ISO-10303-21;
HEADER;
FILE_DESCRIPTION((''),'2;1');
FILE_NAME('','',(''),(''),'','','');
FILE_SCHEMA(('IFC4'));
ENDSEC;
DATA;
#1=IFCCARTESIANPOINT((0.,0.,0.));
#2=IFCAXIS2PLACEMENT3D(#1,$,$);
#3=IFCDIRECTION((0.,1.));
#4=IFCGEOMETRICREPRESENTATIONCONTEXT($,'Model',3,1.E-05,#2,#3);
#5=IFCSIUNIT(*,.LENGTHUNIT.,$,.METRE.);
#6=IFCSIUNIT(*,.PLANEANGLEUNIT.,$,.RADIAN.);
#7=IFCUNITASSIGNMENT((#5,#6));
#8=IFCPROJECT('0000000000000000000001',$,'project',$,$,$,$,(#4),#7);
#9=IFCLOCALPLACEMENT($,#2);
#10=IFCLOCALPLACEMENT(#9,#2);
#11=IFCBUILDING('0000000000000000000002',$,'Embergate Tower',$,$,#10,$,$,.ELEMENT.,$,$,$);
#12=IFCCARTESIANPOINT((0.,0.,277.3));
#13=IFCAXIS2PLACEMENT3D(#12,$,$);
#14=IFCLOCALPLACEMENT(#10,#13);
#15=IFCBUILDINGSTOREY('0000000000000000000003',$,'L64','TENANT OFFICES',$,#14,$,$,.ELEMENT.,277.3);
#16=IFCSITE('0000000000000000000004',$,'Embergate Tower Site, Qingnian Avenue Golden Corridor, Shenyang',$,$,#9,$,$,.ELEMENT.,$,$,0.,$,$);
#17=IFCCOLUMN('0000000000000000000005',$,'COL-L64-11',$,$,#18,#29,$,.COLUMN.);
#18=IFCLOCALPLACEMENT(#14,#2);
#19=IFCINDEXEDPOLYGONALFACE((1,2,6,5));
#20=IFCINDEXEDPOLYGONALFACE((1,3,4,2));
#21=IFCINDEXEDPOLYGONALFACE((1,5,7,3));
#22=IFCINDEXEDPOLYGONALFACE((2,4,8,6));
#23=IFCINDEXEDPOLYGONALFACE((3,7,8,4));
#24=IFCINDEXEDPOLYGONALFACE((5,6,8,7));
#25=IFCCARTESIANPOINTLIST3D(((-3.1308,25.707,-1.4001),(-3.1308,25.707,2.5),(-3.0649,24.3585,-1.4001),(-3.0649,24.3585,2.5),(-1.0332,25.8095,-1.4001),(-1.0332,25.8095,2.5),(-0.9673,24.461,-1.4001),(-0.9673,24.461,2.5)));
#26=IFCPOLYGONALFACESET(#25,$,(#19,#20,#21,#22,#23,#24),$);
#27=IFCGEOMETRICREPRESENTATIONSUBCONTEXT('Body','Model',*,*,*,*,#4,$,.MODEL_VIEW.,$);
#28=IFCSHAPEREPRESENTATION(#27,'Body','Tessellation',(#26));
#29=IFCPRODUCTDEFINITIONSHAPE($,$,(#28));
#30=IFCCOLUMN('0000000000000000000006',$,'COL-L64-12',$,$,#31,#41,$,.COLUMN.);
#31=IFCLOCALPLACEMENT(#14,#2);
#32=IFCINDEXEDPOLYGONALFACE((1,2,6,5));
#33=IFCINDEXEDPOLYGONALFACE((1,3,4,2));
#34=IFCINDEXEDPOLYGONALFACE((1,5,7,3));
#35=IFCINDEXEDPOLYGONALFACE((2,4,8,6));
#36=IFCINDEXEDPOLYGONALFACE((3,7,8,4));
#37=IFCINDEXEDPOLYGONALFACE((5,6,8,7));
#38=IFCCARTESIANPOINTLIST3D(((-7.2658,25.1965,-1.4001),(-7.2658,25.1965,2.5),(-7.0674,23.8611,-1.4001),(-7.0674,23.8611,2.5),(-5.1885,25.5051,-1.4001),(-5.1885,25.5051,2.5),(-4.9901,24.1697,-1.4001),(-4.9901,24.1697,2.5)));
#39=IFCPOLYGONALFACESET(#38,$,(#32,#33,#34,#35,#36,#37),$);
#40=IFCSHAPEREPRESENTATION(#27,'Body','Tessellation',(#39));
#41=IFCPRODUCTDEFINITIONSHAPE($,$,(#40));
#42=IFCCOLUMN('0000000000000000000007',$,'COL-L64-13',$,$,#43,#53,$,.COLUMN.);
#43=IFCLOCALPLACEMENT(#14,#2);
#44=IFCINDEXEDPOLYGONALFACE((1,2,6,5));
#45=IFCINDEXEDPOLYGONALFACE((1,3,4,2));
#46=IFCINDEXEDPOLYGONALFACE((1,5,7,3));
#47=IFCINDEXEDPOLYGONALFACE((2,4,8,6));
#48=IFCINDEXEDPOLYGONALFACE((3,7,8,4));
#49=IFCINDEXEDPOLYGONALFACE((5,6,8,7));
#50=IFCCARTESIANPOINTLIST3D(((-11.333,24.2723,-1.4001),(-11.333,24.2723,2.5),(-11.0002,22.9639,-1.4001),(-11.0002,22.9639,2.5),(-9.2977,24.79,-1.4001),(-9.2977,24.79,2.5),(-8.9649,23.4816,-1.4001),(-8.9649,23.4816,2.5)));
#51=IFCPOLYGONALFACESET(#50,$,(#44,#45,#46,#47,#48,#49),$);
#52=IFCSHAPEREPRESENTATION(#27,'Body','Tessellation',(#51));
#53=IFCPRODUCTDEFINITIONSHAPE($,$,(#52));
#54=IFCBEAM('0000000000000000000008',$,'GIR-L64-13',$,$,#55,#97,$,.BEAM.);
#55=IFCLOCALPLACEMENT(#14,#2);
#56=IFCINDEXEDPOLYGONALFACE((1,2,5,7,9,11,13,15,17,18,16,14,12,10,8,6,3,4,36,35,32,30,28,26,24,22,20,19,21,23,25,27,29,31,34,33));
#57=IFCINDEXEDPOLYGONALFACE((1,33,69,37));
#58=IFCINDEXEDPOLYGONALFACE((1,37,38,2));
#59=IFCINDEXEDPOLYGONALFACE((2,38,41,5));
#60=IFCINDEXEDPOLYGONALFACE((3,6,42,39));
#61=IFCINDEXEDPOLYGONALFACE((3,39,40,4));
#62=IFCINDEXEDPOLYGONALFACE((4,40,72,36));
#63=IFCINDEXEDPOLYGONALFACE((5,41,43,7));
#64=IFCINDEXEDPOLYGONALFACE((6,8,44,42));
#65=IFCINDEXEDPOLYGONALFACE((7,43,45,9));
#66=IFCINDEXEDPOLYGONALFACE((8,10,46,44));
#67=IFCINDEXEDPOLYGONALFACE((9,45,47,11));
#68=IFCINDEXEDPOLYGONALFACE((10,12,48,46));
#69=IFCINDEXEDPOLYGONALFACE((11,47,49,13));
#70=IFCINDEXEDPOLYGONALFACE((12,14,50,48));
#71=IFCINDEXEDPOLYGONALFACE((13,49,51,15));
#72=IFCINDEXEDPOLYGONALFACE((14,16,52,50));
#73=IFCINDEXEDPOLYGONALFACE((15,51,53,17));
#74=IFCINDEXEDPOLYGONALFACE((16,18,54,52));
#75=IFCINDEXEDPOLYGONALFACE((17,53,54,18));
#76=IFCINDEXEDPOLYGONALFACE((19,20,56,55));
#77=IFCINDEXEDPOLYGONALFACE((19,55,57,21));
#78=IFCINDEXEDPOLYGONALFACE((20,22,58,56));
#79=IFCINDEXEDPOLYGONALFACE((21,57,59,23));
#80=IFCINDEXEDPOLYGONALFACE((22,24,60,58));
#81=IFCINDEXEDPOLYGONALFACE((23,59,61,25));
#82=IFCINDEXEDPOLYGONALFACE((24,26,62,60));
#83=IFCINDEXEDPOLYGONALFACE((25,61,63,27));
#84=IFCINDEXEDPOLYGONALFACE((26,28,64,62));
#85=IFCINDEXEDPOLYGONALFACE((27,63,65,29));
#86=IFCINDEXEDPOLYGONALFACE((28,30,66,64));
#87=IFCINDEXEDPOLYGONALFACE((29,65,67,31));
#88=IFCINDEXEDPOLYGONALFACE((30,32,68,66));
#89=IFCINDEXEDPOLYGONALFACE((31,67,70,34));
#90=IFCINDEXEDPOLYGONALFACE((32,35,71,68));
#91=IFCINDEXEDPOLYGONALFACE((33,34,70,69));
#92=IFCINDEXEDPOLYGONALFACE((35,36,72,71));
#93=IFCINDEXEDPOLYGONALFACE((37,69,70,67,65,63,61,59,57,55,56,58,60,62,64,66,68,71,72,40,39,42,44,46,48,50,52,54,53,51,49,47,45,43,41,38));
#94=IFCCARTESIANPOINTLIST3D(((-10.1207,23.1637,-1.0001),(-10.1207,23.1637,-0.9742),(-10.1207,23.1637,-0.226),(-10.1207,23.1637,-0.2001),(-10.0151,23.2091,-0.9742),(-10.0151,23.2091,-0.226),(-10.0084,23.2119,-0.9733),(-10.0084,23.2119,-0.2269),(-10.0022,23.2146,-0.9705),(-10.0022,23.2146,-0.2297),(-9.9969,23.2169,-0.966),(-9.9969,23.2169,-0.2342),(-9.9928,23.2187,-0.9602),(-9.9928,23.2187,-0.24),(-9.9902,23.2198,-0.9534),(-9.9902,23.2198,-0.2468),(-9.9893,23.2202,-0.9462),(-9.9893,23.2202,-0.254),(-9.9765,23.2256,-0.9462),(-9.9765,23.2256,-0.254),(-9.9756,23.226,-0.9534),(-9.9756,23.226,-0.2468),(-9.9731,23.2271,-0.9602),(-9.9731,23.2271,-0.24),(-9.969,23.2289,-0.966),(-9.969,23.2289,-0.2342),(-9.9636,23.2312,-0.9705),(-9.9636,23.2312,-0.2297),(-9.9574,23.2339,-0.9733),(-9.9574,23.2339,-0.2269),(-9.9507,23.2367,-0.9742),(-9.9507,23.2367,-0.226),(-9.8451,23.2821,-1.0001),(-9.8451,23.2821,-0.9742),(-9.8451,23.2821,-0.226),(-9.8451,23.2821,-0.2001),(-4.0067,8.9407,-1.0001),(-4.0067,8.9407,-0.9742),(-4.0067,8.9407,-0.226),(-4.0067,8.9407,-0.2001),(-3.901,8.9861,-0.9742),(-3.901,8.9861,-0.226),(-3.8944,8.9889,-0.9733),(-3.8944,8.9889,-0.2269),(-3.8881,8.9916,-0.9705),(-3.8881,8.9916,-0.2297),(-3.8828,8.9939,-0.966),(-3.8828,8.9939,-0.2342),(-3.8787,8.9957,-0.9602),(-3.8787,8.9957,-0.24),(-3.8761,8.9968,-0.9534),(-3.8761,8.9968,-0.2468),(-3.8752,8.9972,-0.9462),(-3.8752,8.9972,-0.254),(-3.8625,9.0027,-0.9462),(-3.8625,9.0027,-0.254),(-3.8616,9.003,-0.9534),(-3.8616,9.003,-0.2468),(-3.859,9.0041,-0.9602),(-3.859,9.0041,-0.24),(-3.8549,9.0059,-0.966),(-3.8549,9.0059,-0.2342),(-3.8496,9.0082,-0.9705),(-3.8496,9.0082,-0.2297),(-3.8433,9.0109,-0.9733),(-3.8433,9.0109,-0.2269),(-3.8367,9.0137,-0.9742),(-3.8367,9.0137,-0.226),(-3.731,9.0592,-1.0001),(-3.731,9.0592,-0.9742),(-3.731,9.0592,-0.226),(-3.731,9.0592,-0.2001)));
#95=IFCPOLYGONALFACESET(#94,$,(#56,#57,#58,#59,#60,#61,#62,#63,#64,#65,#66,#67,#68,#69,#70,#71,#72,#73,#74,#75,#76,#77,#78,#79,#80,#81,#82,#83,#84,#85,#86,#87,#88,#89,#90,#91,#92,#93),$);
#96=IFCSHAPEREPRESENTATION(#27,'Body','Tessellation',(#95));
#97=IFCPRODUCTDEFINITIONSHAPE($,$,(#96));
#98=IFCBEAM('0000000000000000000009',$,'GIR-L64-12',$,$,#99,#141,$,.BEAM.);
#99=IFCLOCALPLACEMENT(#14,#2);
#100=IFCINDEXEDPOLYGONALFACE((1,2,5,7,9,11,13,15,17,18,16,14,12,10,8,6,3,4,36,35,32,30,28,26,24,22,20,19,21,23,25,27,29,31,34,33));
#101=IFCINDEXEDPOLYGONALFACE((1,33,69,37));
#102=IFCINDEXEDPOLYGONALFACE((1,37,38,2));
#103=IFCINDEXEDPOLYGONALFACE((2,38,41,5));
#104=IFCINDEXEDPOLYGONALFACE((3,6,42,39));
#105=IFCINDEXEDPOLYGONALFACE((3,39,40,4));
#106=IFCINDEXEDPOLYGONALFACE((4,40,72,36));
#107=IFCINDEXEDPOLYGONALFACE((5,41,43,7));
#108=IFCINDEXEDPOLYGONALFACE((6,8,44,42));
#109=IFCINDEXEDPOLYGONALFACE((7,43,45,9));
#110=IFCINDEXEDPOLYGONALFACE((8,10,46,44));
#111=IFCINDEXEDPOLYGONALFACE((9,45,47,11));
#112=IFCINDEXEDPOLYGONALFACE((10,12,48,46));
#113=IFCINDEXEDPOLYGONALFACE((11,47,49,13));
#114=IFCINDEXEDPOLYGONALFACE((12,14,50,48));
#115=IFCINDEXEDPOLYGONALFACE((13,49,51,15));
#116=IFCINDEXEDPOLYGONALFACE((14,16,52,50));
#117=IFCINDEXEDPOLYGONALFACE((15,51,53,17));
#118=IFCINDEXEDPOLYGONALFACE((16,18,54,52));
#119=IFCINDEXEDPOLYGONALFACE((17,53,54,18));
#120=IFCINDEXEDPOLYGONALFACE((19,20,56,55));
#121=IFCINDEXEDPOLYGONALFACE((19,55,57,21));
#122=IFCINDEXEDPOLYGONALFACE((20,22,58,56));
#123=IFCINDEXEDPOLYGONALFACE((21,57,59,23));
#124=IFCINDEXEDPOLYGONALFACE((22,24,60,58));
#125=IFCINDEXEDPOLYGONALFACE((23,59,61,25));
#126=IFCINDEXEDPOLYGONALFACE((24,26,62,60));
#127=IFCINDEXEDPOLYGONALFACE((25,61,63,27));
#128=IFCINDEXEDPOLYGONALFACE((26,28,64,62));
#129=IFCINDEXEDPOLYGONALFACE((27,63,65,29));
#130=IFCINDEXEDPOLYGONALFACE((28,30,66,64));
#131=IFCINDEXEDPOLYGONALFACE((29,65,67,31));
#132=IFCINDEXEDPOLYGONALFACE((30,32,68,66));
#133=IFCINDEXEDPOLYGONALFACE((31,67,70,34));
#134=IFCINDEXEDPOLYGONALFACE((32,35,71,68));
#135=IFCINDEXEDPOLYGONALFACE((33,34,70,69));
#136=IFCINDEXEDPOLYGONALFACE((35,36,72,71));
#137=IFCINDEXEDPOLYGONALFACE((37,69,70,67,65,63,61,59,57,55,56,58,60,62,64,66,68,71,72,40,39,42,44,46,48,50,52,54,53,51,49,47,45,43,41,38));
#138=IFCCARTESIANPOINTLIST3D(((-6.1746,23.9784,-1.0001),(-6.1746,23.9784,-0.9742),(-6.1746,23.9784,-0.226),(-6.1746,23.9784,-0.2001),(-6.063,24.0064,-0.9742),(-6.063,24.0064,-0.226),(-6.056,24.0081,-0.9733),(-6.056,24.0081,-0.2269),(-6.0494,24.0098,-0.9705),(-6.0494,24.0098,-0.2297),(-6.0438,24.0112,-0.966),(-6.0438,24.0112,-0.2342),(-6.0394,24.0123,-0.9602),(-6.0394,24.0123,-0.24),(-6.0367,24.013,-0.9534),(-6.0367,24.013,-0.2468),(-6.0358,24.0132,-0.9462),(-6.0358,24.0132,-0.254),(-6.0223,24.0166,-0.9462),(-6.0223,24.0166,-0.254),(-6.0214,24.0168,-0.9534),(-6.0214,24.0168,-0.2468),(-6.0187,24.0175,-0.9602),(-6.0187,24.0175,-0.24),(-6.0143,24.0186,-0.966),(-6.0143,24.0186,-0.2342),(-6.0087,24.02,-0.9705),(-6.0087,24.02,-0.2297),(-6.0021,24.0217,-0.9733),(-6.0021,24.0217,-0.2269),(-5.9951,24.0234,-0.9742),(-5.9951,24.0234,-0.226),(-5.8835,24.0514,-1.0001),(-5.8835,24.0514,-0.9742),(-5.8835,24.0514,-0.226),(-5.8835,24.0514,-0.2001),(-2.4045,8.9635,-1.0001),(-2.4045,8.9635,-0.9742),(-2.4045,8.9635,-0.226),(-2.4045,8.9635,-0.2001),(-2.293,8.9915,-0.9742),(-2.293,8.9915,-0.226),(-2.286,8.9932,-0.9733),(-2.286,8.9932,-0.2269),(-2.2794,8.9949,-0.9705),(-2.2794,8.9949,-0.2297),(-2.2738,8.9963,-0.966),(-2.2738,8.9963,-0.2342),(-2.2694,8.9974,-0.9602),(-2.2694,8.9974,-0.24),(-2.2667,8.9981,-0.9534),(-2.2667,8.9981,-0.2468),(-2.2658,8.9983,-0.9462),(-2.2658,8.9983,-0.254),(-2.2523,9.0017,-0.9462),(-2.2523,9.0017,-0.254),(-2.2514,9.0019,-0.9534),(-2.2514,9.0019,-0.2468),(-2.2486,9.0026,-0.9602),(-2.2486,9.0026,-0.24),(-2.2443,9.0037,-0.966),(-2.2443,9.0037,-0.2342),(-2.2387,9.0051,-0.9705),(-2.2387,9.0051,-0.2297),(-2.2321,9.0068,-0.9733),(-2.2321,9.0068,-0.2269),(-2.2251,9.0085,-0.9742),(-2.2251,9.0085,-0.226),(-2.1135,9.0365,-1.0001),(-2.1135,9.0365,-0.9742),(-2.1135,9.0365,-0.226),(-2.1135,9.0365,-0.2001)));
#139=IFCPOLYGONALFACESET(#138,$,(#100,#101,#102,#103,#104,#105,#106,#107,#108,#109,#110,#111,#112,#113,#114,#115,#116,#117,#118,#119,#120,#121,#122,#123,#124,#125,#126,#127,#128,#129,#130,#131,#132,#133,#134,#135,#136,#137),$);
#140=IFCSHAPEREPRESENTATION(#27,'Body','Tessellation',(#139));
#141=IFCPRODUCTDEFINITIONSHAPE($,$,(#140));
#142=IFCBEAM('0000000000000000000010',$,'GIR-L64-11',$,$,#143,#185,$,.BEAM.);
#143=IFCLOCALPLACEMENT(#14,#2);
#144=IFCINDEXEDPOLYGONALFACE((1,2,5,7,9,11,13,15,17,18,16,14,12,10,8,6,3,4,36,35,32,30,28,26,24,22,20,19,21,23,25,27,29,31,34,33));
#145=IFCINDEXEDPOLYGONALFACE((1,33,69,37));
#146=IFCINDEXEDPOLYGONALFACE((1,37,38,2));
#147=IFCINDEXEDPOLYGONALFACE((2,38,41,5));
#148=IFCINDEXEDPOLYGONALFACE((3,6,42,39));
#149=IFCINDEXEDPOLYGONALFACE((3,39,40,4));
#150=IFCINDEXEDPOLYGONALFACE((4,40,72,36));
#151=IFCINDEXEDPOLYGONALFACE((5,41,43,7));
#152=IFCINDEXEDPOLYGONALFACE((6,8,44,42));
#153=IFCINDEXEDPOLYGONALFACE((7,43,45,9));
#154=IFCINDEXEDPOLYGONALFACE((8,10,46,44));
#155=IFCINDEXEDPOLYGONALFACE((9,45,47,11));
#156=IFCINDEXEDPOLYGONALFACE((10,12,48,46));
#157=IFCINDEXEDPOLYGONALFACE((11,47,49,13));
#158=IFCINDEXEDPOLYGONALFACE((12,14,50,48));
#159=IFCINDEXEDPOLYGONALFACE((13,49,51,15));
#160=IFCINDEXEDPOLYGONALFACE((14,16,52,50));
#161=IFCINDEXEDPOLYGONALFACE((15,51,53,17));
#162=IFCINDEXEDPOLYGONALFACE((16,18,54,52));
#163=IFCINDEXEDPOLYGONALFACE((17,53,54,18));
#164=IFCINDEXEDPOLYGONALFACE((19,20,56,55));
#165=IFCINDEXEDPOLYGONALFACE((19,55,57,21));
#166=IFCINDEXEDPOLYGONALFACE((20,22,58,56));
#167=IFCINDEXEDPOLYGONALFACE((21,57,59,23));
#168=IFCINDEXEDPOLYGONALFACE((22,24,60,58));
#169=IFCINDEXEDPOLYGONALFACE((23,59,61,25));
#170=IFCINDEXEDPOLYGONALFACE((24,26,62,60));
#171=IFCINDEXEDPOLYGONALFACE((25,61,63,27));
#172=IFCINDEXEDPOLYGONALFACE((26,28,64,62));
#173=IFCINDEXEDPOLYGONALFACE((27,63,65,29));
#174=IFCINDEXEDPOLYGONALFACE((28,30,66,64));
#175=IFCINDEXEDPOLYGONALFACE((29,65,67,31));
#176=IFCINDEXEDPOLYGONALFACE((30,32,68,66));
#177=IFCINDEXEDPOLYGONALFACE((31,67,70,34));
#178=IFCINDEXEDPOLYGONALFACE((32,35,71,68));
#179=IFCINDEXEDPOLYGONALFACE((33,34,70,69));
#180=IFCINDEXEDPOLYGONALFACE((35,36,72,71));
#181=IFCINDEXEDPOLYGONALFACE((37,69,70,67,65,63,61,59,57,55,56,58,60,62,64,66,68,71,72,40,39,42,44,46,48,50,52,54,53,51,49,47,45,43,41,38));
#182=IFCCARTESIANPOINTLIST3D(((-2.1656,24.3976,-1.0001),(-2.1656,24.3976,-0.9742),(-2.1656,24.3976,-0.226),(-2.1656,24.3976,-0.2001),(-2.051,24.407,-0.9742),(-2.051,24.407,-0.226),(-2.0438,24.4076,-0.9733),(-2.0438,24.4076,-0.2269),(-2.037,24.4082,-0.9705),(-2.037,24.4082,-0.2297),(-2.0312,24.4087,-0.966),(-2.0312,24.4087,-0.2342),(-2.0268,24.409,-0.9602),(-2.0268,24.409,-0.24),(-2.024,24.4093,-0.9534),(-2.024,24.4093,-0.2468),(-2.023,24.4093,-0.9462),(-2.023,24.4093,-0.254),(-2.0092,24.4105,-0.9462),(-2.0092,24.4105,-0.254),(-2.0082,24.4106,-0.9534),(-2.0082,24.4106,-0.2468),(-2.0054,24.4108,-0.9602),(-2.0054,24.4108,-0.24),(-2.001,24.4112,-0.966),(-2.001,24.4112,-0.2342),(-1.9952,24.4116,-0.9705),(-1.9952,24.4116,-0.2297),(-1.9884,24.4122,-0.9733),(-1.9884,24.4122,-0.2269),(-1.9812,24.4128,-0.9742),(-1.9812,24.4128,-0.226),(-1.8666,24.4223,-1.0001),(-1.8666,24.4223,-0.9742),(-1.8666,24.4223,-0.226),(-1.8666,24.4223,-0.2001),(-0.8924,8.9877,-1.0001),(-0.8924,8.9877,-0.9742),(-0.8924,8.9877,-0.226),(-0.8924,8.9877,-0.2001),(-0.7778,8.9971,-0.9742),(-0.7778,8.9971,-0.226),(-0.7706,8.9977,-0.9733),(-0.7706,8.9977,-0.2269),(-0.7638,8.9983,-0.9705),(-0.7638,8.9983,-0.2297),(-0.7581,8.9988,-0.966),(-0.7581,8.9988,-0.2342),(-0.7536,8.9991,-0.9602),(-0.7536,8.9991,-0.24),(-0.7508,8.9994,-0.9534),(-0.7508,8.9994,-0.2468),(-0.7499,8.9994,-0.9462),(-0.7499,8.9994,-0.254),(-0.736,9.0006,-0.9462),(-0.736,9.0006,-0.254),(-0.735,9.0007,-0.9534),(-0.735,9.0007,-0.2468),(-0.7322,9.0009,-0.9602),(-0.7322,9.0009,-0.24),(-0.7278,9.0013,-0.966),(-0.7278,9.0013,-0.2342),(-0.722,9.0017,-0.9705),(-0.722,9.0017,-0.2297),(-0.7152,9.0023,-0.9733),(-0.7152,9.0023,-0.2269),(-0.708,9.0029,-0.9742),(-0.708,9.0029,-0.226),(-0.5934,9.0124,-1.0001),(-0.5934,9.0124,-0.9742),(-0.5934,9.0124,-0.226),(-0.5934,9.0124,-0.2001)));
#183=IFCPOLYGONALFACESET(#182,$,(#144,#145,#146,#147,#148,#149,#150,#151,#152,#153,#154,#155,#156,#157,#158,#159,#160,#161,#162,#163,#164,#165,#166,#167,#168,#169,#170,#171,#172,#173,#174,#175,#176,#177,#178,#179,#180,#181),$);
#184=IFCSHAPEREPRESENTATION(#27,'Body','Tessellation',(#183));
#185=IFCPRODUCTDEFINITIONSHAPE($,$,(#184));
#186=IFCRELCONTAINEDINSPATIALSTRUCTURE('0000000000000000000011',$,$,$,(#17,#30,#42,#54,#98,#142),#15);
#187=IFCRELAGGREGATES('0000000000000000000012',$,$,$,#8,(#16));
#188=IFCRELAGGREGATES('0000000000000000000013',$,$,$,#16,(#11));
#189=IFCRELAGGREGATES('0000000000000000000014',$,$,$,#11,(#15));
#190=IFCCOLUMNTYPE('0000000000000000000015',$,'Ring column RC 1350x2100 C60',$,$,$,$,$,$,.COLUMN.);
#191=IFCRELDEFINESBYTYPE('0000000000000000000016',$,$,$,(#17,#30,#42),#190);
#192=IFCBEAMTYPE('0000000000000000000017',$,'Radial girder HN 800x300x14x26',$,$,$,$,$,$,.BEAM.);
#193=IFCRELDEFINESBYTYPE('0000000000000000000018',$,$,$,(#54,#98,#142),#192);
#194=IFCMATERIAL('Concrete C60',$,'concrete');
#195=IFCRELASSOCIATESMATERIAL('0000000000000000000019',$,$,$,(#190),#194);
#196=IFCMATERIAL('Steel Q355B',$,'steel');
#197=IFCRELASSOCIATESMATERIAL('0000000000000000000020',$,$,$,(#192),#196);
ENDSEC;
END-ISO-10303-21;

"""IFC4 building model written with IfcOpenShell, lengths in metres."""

from ifc_helpers import new_model, si_unit, direction, frame, origin, origin_2d, place, context, subcontext, project, spatial, rectangle, i_section, extrude, source, transform, mapped, material, material_profile, profile_set, type_object, element, save


model = new_model("IFC4")

# Units and contexts
model_context = context("Model", 3, precision=1e-05, world=origin(), true_north=direction((0.0, 1.0)))
body_context = subcontext(model_context, "Body", "Model", "MODEL_VIEW")
ifc_project = project(units=[si_unit("LENGTHUNIT", "METRE"), si_unit("PLANEANGLEUNIT", "RADIAN")], contexts=[model_context])

# Site, building, storey
site_placement = place(None, origin())
site = spatial("IfcSite", under=ifc_project, at=site_placement, Name="Embergate Tower Site, Qingnian Avenue Golden Corridor, Shenyang", CompositionType="ELEMENT", RefElevation=0.0)
building_placement = place(site_placement, origin())
building = spatial("IfcBuilding", under=site, at=building_placement, Name="Embergate Tower", CompositionType="ELEMENT")
storey_placement = place(building_placement, frame((0.0, 0.0, 277.3)))
storey = spatial("IfcBuildingStorey", under=building, at=storey_placement, Name="L64", Description="TENANT OFFICES", CompositionType="ELEMENT", Elevation=277.3)

# Columns
ifc_material_1 = material(Name="Concrete C60", Category="concrete")
ifc_material_profile_1 = material_profile(ifc_material_1, rectangle(XDim=1.3501, YDim=2.1001, at=origin_2d()), Name="RC 1350x2100")
ifc_profile_set_1 = profile_set([ifc_material_profile_1], Name="Concrete C60")
column_type = type_object("IfcColumnType", Name="Ring column RC 1350x2100 C60", PredefinedType="COLUMN", material=ifc_profile_set_1)
shared_shape_1 = source(origin(), body_context, "Body", "SweptSolid", [
    extrude(rectangle(XDim=1.3501, YDim=2.1001, at=origin_2d()), origin(), (0.0, 0.0, 1.0), 3.9001),
])
for number, where, z_axis, x_axis, name in (
    (1, (-2.0491, 25.084, -1.4001), (0.0, 0.0, 1.0), (-0.048815, 0.998808, 0.0), "COL-L64-11"),
    (2, (-6.1279, 24.6831, -1.4001), (0.0, 0.0, 1.0), (-0.146929, 0.989147, 0.0), "COL-L64-12"),
    (3, (-10.1489, 23.877, -1.4001), (0.0, 0.0, 1.0), (-0.246492, 0.969145, 0.0), "COL-L64-13"),
):
    element("IfcColumn", number, at=place(storey_placement, frame(where, z_axis=z_axis, x_axis=x_axis)), inside=storey, type_object=column_type, Name=name, PredefinedType="COLUMN", context=body_context, shape_type="MappedRepresentation", body=[
        mapped(shared_shape_1, transform((0.0, 0.0, 0.0))),
    ])

# Beams
ifc_material_2 = material(Name="Steel Q355B", Category="steel")
ifc_material_profile_2 = material_profile(ifc_material_2, i_section(OverallWidth=0.3, OverallDepth=0.8, WebThickness=0.0139, FlangeThickness=0.0259, FilletRadius=0.0281, at=origin_2d()), Name="HN 800x300x14x26")
ifc_profile_set_2 = profile_set([ifc_material_profile_2], Name="Steel Q355 grade B")
beam_type = type_object("IfcBeamType", Name="Radial girder HN 800x300x14x26", PredefinedType="BEAM", material=ifc_profile_set_2)
shared_shape_2 = source(origin(), body_context, "Body", "SweptSolid", [
    extrude(i_section(OverallWidth=0.3, OverallDepth=0.8, WebThickness=0.0139, FlangeThickness=0.0259, FilletRadius=0.0281, at=origin_2d()), origin(), (0.0, 0.0, 1.0), 15.4814),
])
beam_1_placement = place(storey_placement, frame((-9.9829, 23.2229, -0.6001), z_axis=(0.394928, -0.918712, 0.0), x_axis=(0.918712, 0.394928, 0.0)))
element("IfcBeam", 4, at=beam_1_placement, inside=storey, type_object=beam_type, Name="GIR-L64-13", PredefinedType="BEAM", context=body_context, shape_type="MappedRepresentation", body=[
    mapped(shared_shape_2, transform((0.0, 0.0, 0.0))),
])
shared_shape_3 = source(origin(), body_context, "Body", "SweptSolid", [
    extrude(i_section(OverallWidth=0.3, OverallDepth=0.8, WebThickness=0.0139, FlangeThickness=0.0259, FilletRadius=0.0281, at=origin_2d()), origin(), (0.0, 0.0, 1.0), 15.481),
])
beam_2_placement = place(storey_placement, frame((-6.0291, 24.0149, -0.6001), z_axis=(0.243526, -0.969894, 0.0), x_axis=(0.969894, 0.243526, 0.0)))
element("IfcBeam", 5, at=beam_2_placement, inside=storey, type_object=beam_type, Name="GIR-L64-12", PredefinedType="BEAM", context=body_context, shape_type="MappedRepresentation", body=[
    mapped(shared_shape_3, transform((0.0, 0.0, 0.0))),
])
shared_shape_4 = source(origin(), body_context, "Body", "SweptSolid", [
    extrude(i_section(OverallWidth=0.3, OverallDepth=0.8, WebThickness=0.0139, FlangeThickness=0.0259, FilletRadius=0.0281, at=origin_2d()), origin(), (0.0, 0.0, 1.0), 15.4624),
])
beam_3_placement = place(storey_placement, frame((-2.0161, 24.4099, -0.6001), z_axis=(0.082341, -0.996604, 0.0), x_axis=(0.996604, 0.082341, 0.0)))
element("IfcBeam", 6, at=beam_3_placement, inside=storey, type_object=beam_type, Name="GIR-L64-11", PredefinedType="BEAM", context=body_context, shape_type="MappedRepresentation", body=[
    mapped(shared_shape_4, transform((0.0, 0.0, 0.0))),
])

save(model, "model.ifc")
